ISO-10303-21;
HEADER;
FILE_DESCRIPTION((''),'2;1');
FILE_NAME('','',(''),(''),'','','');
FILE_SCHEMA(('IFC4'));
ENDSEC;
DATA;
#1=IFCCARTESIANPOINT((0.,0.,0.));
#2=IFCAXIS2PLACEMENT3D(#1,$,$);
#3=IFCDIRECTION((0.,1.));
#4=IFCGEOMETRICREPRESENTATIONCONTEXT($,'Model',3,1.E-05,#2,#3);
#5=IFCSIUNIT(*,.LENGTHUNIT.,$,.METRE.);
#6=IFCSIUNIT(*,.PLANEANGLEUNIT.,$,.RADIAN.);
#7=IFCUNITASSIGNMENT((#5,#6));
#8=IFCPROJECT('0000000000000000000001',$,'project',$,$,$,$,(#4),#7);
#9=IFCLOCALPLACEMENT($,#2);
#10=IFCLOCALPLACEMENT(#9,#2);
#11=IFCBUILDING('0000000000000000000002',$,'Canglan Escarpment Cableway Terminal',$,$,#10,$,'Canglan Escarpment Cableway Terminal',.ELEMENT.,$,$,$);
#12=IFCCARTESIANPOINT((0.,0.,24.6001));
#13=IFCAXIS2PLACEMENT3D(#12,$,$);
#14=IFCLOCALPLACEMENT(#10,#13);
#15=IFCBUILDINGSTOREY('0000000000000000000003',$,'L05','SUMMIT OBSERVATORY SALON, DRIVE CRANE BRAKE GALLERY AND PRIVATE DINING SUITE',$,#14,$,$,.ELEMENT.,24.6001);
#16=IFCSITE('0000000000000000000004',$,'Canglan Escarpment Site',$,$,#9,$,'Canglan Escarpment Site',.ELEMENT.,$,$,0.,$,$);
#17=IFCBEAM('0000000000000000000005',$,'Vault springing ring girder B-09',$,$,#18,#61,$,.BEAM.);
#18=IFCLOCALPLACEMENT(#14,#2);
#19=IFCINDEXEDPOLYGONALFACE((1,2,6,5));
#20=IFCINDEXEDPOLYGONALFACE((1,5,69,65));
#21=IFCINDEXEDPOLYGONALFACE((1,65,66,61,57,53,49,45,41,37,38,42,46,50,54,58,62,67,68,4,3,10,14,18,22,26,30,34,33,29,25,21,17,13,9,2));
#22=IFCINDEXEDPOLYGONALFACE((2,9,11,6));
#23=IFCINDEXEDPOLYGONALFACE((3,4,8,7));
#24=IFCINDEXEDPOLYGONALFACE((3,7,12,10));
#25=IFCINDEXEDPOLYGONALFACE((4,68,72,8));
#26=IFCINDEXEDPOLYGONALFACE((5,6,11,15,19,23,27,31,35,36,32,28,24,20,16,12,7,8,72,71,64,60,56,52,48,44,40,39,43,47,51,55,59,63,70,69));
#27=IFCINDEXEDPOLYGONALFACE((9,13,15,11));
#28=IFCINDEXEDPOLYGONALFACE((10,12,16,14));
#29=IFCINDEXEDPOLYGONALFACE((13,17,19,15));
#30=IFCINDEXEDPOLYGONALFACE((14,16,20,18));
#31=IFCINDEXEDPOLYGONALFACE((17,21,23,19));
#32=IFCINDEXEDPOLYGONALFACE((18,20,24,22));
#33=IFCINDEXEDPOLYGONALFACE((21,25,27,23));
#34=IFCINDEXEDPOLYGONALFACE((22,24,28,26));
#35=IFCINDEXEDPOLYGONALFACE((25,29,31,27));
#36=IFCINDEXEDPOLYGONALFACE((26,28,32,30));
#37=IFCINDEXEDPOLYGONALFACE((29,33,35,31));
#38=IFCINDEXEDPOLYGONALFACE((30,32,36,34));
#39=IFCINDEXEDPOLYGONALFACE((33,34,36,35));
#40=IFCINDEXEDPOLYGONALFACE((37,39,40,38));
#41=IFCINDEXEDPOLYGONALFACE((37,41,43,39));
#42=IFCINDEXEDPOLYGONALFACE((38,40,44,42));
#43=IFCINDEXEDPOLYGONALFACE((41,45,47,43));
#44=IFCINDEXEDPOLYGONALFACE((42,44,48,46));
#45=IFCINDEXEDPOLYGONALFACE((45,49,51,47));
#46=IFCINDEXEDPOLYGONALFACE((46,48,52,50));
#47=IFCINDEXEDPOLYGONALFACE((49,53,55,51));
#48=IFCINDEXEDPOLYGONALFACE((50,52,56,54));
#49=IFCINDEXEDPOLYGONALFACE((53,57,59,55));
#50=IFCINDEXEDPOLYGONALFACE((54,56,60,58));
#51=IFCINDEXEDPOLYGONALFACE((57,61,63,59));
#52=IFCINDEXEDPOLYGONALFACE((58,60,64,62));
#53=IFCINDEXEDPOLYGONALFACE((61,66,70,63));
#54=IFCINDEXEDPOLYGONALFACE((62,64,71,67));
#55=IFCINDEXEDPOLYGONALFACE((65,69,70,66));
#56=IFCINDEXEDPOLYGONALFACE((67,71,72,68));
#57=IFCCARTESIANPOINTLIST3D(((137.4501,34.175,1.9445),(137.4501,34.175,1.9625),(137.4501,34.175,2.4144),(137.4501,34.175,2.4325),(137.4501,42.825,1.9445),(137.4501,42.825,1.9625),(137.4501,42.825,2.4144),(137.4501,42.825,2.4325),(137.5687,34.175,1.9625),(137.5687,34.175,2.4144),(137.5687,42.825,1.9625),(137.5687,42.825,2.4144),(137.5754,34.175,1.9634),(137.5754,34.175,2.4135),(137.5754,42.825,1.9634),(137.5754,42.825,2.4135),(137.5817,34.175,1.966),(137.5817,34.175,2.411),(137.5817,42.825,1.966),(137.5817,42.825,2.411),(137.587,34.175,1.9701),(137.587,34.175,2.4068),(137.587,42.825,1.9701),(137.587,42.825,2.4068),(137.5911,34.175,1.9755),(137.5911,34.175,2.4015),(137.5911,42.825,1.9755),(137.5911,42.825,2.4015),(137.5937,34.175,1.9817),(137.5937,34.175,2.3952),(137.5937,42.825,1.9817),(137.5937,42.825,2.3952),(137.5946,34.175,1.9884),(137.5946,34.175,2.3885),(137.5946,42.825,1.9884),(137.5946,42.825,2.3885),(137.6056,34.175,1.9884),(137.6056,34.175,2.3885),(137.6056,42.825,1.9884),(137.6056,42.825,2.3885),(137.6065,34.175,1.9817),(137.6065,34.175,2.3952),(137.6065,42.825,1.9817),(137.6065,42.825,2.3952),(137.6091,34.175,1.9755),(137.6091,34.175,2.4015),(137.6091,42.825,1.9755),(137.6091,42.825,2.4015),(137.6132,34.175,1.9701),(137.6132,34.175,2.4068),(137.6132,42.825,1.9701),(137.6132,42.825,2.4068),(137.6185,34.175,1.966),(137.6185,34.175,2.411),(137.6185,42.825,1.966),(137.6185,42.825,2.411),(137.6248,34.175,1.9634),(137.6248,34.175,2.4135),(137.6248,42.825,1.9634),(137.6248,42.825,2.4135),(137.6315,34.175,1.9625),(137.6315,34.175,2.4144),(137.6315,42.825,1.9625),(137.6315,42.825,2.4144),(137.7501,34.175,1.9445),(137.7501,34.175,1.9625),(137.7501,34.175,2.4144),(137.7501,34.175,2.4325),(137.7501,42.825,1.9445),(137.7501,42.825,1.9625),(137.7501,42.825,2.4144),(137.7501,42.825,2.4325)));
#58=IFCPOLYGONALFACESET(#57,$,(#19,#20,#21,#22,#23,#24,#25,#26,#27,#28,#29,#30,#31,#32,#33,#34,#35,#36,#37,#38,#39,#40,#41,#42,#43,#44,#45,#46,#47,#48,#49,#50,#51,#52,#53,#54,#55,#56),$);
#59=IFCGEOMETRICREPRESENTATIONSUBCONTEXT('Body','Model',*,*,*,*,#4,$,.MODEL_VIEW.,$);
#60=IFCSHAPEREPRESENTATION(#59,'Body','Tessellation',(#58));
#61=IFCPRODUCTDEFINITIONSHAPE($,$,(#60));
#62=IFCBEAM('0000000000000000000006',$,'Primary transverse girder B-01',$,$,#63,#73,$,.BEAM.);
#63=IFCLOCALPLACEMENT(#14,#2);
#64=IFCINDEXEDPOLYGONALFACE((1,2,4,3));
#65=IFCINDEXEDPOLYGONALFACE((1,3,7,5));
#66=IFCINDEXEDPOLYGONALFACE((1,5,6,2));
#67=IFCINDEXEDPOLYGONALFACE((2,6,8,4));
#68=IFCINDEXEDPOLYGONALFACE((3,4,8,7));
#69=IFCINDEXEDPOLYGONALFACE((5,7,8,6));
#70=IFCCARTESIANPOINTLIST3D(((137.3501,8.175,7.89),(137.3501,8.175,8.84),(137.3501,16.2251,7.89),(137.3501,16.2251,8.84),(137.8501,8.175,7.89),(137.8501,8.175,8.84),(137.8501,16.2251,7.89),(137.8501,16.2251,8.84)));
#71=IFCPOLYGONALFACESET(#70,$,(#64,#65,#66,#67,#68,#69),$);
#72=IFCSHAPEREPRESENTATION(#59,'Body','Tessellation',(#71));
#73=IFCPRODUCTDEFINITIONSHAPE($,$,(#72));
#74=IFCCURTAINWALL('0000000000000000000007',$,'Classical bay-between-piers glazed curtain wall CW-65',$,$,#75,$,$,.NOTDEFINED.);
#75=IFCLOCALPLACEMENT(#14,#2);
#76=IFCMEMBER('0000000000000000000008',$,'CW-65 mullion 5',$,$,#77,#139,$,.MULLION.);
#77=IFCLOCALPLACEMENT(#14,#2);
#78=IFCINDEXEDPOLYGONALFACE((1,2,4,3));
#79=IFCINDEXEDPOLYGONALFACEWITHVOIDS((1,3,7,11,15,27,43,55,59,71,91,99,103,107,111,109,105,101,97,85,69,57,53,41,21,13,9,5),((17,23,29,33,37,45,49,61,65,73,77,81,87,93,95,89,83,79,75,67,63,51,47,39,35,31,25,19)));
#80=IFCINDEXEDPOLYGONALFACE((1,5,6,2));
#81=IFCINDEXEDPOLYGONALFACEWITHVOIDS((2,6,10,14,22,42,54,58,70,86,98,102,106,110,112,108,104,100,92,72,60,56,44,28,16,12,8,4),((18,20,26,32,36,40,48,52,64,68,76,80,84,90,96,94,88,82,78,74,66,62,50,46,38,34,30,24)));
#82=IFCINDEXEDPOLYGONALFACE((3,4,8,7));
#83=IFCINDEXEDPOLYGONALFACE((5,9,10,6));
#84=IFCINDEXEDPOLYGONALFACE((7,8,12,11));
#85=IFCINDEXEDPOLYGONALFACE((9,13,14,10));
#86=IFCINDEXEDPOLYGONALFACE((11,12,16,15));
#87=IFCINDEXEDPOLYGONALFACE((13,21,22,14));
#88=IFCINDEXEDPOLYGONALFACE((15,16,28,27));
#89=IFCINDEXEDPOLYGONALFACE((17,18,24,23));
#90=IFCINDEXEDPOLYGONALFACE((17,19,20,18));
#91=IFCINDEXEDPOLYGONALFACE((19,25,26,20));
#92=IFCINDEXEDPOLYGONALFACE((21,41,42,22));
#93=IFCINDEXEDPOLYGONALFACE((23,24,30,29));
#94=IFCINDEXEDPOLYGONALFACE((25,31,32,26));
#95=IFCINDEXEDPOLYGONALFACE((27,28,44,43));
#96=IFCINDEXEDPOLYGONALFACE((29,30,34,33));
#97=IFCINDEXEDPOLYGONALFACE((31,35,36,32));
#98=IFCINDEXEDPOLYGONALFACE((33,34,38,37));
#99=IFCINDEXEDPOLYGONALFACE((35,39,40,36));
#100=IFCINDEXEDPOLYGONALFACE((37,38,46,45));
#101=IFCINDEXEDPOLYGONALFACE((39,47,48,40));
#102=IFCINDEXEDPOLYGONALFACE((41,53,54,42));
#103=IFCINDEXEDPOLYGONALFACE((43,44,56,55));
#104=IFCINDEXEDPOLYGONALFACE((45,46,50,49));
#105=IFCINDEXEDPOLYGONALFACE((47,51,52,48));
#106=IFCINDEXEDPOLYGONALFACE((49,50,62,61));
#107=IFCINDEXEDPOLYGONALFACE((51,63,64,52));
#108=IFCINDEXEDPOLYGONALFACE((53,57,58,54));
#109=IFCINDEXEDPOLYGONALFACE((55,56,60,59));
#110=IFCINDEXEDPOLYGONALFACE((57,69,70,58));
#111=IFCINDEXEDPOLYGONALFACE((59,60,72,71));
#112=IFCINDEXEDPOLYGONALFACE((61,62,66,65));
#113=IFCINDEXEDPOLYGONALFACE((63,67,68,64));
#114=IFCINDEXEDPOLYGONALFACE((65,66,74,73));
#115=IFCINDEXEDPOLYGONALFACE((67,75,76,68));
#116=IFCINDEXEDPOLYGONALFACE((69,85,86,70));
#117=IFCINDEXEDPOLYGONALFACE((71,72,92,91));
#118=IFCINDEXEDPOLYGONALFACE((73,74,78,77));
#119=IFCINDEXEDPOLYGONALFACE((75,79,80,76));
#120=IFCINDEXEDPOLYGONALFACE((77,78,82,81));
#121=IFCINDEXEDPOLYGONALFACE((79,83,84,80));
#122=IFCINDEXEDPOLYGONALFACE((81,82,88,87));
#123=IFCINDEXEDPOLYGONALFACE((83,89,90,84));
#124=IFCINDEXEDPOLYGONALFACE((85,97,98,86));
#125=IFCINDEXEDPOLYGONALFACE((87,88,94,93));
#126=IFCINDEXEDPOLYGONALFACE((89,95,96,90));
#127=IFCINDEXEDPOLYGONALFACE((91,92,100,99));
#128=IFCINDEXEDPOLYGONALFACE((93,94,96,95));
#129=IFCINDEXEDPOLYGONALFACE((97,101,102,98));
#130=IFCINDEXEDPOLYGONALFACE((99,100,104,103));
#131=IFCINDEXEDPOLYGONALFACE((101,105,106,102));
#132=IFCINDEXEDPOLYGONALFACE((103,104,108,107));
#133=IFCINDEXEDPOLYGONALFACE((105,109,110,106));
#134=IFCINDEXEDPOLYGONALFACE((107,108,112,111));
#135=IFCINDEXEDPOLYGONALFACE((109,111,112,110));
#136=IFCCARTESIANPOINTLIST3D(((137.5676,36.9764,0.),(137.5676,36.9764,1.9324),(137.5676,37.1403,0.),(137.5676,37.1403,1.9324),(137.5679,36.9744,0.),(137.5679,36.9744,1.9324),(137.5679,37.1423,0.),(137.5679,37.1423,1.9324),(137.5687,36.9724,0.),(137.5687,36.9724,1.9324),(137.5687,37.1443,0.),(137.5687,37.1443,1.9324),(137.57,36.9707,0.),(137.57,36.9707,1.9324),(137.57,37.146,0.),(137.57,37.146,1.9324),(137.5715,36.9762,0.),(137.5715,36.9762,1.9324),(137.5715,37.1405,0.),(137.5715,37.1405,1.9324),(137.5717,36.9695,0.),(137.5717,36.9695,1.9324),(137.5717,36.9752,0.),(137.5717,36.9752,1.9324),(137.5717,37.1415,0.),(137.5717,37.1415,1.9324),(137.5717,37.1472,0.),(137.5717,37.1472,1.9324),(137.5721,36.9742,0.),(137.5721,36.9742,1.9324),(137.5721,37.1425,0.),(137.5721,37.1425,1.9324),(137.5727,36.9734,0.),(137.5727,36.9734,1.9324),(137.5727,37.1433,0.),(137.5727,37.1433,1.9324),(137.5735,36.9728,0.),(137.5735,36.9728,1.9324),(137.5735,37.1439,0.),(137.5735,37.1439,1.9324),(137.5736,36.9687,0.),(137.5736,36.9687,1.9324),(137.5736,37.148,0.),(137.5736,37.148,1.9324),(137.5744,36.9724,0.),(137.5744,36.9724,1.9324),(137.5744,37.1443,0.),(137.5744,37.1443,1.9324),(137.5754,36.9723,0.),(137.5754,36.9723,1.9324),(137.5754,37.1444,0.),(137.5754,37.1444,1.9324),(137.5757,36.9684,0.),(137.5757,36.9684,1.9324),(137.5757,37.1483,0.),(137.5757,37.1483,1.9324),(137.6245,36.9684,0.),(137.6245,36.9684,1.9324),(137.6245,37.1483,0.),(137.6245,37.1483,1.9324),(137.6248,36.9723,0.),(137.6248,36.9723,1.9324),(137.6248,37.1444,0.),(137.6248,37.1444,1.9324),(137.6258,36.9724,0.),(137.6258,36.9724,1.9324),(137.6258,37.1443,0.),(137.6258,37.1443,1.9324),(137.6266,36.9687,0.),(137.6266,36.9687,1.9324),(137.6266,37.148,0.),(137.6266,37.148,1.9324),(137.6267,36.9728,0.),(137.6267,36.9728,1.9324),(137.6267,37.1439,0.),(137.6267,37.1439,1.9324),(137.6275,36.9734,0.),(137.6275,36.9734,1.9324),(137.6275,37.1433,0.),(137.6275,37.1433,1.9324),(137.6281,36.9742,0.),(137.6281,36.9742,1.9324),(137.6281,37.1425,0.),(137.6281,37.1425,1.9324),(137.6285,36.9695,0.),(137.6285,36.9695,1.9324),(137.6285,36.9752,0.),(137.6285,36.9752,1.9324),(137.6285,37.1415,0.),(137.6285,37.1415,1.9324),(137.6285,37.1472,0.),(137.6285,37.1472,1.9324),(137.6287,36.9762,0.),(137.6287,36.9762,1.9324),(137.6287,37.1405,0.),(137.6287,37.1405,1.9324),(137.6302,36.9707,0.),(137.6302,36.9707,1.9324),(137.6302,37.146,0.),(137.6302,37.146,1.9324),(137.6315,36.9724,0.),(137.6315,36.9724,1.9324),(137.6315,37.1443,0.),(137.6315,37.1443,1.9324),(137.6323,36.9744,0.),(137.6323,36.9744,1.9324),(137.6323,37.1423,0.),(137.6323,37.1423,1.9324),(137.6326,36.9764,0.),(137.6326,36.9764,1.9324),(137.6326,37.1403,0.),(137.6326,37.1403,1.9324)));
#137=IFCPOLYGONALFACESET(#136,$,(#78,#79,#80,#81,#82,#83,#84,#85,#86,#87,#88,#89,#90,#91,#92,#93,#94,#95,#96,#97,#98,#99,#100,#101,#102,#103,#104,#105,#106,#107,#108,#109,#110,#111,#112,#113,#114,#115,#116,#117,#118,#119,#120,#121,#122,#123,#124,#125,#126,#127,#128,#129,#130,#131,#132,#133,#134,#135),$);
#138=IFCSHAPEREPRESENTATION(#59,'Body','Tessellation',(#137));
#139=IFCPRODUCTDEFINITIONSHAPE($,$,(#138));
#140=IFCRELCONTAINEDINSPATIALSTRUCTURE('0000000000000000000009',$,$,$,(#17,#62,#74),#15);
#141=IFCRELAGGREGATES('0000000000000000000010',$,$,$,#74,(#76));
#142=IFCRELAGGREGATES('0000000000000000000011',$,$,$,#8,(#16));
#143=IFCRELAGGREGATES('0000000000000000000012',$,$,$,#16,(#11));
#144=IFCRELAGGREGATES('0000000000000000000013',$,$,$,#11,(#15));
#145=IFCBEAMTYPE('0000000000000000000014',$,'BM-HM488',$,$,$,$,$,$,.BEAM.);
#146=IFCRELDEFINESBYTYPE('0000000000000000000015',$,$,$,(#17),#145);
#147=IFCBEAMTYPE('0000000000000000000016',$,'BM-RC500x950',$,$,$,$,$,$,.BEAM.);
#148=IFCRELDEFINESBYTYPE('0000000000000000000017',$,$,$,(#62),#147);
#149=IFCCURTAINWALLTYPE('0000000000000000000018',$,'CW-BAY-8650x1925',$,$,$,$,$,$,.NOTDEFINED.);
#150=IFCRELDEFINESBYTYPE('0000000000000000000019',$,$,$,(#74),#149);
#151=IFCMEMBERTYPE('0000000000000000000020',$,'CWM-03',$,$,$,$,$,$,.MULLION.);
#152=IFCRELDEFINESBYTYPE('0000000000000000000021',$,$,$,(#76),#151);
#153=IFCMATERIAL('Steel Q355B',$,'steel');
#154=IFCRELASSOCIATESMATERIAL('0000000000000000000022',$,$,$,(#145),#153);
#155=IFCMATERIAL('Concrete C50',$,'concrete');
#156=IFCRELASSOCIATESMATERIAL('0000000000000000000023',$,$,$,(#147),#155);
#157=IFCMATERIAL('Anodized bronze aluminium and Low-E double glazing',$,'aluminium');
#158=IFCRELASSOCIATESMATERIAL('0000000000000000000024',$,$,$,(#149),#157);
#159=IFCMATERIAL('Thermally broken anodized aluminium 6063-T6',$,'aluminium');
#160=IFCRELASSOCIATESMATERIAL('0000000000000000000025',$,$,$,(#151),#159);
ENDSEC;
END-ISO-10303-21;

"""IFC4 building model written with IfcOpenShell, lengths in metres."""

from ifc_helpers import new_model, si_unit, direction, frame, origin, origin_2d, place, context, subcontext, project, spatial, rectangle, hollow_rectangle, i_section, extrude, material, material_profile, profile_set, type_object, element, aggregate, save


model = new_model("IFC4")

# Units and contexts
model_context = context("Model", 3, precision=1e-05, world=origin(), true_north=direction((0.0, 1.0)))
body_context = subcontext(model_context, "Body", "Model", "MODEL_VIEW")
ifc_project = project(units=[si_unit("LENGTHUNIT", "METRE"), si_unit("PLANEANGLEUNIT", "RADIAN")], contexts=[model_context])

# Site, building, storey
site_placement = place(None, origin())
site = spatial("IfcSite", under=ifc_project, at=site_placement, Name="Canglan Escarpment Site", LongName="Canglan Escarpment Site", CompositionType="ELEMENT", RefElevation=0.0)
building_placement = place(site_placement, origin())
building = spatial("IfcBuilding", under=site, at=building_placement, Name="Canglan Escarpment Cableway Terminal", LongName="Canglan Escarpment Cableway Terminal", CompositionType="ELEMENT")
storey_placement = place(building_placement, frame((0.0, 0.0, 24.6001)))
storey = spatial("IfcBuildingStorey", under=building, at=storey_placement, Name="L05", Description="SUMMIT OBSERVATORY SALON, DRIVE CRANE BRAKE GALLERY AND PRIVATE DINING SUITE", CompositionType="ELEMENT", Elevation=24.6001)

# Beams
ifc_material_1 = material(Name="Steel Q355B", Category="steel")
ifc_material_profile_1 = material_profile(ifc_material_1, i_section(OverallWidth=0.3, OverallDepth=0.488, WebThickness=0.011, FlangeThickness=0.0181, FilletRadius=0.0259, at=origin_2d()), Name="HM 488x300x11x18")
ifc_profile_set_1 = profile_set([ifc_material_profile_1], Name="Steel Q355B")
beam_type_1 = type_object("IfcBeamType", Name="BM-HM488", PredefinedType="BEAM", material=ifc_profile_set_1)
beam_1_placement = place(storey_placement, frame((137.6001, 34.175, 2.1885), z_axis=(0.0, 1.0, 0.0), x_axis=(-1.0, 0.0, 0.0)))
element("IfcBeam", 1, at=beam_1_placement, inside=storey, type_object=beam_type_1, Name="Vault springing ring girder B-09", PredefinedType="BEAM", context=body_context, shape_type="SweptSolid", body=[
    extrude(i_section(OverallWidth=0.3, OverallDepth=0.488, WebThickness=0.011, FlangeThickness=0.0181, FilletRadius=0.0259, at=origin_2d()), origin(), (0.0, 0.0, 1.0), 8.6499),
])
ifc_material_2 = material(Name="Concrete C50", Category="concrete")
ifc_material_profile_2 = material_profile(ifc_material_2, rectangle(XDim=0.5, YDim=0.95, at=origin_2d()), Name="RC 500x950")
ifc_profile_set_2 = profile_set([ifc_material_profile_2], Name="Concrete C50")
beam_type_2 = type_object("IfcBeamType", Name="BM-RC500x950", PredefinedType="BEAM", material=ifc_profile_set_2)
beam_2_placement = place(storey_placement, frame((137.6001, 8.175, 8.365), z_axis=(0.0, 1.0, 0.0), x_axis=(-1.0, 0.0, 0.0)))
element("IfcBeam", 2, at=beam_2_placement, inside=storey, type_object=beam_type_2, Name="Primary transverse girder B-01", PredefinedType="BEAM", context=body_context, shape_type="SweptSolid", body=[
    extrude(rectangle(XDim=0.5, YDim=0.95, at=origin_2d()), origin(), (0.0, 0.0, 1.0), 8.05),
])

# Curtain wall, member
ifc_material_3 = material(Name="Anodized bronze aluminium and Low-E double glazing", Category="aluminium")
curtain_wall_type = type_object("IfcCurtainWallType", Name="CW-BAY-8650x1925", PredefinedType="NOTDEFINED", material=ifc_material_3)
curtain_wall_placement = place(storey_placement, origin())
curtain_wall = element("IfcCurtainWall", 3, at=curtain_wall_placement, inside=storey, type_object=curtain_wall_type, Name="Classical bay-between-piers glazed curtain wall CW-65", PredefinedType="NOTDEFINED")
ifc_material_4 = material(Name="Thermally broken anodized aluminium 6063-T6", Category="aluminium")
ifc_material_profile_3 = material_profile(ifc_material_4, hollow_rectangle(XDim=0.0649, YDim=0.1799, WallThickness=0.0039, InnerFilletRadius=0.0039, OuterFilletRadius=0.0081, at=origin_2d()), Name="ALU-MULL 65x180x4")
ifc_profile_set_3 = profile_set([ifc_material_profile_3], Name="Thermally broken anodized aluminium 6063-T6")
member_type_1 = type_object("IfcMemberType", Name="CWM-03", PredefinedType="MULLION", material=ifc_profile_set_3)
member_1_placement = place(storey_placement, frame((137.6001, 37.0583, 0.0), z_axis=(0.0, 0.0, 1.0), x_axis=(1.0, 0.0, 0.0)))
member_1 = element("IfcMember", 4, at=member_1_placement, type_object=member_type_1, Name="CW-65 mullion 5", PredefinedType="MULLION", context=body_context, shape_type="SweptSolid", body=[
    extrude(hollow_rectangle(XDim=0.0649, YDim=0.1799, WallThickness=0.0039, InnerFilletRadius=0.0039, OuterFilletRadius=0.0081, at=origin_2d()), origin(), (0.0, 0.0, 1.0), 1.9324),
])

aggregate(curtain_wall, [member_1])

save(model, "model.ifc")
